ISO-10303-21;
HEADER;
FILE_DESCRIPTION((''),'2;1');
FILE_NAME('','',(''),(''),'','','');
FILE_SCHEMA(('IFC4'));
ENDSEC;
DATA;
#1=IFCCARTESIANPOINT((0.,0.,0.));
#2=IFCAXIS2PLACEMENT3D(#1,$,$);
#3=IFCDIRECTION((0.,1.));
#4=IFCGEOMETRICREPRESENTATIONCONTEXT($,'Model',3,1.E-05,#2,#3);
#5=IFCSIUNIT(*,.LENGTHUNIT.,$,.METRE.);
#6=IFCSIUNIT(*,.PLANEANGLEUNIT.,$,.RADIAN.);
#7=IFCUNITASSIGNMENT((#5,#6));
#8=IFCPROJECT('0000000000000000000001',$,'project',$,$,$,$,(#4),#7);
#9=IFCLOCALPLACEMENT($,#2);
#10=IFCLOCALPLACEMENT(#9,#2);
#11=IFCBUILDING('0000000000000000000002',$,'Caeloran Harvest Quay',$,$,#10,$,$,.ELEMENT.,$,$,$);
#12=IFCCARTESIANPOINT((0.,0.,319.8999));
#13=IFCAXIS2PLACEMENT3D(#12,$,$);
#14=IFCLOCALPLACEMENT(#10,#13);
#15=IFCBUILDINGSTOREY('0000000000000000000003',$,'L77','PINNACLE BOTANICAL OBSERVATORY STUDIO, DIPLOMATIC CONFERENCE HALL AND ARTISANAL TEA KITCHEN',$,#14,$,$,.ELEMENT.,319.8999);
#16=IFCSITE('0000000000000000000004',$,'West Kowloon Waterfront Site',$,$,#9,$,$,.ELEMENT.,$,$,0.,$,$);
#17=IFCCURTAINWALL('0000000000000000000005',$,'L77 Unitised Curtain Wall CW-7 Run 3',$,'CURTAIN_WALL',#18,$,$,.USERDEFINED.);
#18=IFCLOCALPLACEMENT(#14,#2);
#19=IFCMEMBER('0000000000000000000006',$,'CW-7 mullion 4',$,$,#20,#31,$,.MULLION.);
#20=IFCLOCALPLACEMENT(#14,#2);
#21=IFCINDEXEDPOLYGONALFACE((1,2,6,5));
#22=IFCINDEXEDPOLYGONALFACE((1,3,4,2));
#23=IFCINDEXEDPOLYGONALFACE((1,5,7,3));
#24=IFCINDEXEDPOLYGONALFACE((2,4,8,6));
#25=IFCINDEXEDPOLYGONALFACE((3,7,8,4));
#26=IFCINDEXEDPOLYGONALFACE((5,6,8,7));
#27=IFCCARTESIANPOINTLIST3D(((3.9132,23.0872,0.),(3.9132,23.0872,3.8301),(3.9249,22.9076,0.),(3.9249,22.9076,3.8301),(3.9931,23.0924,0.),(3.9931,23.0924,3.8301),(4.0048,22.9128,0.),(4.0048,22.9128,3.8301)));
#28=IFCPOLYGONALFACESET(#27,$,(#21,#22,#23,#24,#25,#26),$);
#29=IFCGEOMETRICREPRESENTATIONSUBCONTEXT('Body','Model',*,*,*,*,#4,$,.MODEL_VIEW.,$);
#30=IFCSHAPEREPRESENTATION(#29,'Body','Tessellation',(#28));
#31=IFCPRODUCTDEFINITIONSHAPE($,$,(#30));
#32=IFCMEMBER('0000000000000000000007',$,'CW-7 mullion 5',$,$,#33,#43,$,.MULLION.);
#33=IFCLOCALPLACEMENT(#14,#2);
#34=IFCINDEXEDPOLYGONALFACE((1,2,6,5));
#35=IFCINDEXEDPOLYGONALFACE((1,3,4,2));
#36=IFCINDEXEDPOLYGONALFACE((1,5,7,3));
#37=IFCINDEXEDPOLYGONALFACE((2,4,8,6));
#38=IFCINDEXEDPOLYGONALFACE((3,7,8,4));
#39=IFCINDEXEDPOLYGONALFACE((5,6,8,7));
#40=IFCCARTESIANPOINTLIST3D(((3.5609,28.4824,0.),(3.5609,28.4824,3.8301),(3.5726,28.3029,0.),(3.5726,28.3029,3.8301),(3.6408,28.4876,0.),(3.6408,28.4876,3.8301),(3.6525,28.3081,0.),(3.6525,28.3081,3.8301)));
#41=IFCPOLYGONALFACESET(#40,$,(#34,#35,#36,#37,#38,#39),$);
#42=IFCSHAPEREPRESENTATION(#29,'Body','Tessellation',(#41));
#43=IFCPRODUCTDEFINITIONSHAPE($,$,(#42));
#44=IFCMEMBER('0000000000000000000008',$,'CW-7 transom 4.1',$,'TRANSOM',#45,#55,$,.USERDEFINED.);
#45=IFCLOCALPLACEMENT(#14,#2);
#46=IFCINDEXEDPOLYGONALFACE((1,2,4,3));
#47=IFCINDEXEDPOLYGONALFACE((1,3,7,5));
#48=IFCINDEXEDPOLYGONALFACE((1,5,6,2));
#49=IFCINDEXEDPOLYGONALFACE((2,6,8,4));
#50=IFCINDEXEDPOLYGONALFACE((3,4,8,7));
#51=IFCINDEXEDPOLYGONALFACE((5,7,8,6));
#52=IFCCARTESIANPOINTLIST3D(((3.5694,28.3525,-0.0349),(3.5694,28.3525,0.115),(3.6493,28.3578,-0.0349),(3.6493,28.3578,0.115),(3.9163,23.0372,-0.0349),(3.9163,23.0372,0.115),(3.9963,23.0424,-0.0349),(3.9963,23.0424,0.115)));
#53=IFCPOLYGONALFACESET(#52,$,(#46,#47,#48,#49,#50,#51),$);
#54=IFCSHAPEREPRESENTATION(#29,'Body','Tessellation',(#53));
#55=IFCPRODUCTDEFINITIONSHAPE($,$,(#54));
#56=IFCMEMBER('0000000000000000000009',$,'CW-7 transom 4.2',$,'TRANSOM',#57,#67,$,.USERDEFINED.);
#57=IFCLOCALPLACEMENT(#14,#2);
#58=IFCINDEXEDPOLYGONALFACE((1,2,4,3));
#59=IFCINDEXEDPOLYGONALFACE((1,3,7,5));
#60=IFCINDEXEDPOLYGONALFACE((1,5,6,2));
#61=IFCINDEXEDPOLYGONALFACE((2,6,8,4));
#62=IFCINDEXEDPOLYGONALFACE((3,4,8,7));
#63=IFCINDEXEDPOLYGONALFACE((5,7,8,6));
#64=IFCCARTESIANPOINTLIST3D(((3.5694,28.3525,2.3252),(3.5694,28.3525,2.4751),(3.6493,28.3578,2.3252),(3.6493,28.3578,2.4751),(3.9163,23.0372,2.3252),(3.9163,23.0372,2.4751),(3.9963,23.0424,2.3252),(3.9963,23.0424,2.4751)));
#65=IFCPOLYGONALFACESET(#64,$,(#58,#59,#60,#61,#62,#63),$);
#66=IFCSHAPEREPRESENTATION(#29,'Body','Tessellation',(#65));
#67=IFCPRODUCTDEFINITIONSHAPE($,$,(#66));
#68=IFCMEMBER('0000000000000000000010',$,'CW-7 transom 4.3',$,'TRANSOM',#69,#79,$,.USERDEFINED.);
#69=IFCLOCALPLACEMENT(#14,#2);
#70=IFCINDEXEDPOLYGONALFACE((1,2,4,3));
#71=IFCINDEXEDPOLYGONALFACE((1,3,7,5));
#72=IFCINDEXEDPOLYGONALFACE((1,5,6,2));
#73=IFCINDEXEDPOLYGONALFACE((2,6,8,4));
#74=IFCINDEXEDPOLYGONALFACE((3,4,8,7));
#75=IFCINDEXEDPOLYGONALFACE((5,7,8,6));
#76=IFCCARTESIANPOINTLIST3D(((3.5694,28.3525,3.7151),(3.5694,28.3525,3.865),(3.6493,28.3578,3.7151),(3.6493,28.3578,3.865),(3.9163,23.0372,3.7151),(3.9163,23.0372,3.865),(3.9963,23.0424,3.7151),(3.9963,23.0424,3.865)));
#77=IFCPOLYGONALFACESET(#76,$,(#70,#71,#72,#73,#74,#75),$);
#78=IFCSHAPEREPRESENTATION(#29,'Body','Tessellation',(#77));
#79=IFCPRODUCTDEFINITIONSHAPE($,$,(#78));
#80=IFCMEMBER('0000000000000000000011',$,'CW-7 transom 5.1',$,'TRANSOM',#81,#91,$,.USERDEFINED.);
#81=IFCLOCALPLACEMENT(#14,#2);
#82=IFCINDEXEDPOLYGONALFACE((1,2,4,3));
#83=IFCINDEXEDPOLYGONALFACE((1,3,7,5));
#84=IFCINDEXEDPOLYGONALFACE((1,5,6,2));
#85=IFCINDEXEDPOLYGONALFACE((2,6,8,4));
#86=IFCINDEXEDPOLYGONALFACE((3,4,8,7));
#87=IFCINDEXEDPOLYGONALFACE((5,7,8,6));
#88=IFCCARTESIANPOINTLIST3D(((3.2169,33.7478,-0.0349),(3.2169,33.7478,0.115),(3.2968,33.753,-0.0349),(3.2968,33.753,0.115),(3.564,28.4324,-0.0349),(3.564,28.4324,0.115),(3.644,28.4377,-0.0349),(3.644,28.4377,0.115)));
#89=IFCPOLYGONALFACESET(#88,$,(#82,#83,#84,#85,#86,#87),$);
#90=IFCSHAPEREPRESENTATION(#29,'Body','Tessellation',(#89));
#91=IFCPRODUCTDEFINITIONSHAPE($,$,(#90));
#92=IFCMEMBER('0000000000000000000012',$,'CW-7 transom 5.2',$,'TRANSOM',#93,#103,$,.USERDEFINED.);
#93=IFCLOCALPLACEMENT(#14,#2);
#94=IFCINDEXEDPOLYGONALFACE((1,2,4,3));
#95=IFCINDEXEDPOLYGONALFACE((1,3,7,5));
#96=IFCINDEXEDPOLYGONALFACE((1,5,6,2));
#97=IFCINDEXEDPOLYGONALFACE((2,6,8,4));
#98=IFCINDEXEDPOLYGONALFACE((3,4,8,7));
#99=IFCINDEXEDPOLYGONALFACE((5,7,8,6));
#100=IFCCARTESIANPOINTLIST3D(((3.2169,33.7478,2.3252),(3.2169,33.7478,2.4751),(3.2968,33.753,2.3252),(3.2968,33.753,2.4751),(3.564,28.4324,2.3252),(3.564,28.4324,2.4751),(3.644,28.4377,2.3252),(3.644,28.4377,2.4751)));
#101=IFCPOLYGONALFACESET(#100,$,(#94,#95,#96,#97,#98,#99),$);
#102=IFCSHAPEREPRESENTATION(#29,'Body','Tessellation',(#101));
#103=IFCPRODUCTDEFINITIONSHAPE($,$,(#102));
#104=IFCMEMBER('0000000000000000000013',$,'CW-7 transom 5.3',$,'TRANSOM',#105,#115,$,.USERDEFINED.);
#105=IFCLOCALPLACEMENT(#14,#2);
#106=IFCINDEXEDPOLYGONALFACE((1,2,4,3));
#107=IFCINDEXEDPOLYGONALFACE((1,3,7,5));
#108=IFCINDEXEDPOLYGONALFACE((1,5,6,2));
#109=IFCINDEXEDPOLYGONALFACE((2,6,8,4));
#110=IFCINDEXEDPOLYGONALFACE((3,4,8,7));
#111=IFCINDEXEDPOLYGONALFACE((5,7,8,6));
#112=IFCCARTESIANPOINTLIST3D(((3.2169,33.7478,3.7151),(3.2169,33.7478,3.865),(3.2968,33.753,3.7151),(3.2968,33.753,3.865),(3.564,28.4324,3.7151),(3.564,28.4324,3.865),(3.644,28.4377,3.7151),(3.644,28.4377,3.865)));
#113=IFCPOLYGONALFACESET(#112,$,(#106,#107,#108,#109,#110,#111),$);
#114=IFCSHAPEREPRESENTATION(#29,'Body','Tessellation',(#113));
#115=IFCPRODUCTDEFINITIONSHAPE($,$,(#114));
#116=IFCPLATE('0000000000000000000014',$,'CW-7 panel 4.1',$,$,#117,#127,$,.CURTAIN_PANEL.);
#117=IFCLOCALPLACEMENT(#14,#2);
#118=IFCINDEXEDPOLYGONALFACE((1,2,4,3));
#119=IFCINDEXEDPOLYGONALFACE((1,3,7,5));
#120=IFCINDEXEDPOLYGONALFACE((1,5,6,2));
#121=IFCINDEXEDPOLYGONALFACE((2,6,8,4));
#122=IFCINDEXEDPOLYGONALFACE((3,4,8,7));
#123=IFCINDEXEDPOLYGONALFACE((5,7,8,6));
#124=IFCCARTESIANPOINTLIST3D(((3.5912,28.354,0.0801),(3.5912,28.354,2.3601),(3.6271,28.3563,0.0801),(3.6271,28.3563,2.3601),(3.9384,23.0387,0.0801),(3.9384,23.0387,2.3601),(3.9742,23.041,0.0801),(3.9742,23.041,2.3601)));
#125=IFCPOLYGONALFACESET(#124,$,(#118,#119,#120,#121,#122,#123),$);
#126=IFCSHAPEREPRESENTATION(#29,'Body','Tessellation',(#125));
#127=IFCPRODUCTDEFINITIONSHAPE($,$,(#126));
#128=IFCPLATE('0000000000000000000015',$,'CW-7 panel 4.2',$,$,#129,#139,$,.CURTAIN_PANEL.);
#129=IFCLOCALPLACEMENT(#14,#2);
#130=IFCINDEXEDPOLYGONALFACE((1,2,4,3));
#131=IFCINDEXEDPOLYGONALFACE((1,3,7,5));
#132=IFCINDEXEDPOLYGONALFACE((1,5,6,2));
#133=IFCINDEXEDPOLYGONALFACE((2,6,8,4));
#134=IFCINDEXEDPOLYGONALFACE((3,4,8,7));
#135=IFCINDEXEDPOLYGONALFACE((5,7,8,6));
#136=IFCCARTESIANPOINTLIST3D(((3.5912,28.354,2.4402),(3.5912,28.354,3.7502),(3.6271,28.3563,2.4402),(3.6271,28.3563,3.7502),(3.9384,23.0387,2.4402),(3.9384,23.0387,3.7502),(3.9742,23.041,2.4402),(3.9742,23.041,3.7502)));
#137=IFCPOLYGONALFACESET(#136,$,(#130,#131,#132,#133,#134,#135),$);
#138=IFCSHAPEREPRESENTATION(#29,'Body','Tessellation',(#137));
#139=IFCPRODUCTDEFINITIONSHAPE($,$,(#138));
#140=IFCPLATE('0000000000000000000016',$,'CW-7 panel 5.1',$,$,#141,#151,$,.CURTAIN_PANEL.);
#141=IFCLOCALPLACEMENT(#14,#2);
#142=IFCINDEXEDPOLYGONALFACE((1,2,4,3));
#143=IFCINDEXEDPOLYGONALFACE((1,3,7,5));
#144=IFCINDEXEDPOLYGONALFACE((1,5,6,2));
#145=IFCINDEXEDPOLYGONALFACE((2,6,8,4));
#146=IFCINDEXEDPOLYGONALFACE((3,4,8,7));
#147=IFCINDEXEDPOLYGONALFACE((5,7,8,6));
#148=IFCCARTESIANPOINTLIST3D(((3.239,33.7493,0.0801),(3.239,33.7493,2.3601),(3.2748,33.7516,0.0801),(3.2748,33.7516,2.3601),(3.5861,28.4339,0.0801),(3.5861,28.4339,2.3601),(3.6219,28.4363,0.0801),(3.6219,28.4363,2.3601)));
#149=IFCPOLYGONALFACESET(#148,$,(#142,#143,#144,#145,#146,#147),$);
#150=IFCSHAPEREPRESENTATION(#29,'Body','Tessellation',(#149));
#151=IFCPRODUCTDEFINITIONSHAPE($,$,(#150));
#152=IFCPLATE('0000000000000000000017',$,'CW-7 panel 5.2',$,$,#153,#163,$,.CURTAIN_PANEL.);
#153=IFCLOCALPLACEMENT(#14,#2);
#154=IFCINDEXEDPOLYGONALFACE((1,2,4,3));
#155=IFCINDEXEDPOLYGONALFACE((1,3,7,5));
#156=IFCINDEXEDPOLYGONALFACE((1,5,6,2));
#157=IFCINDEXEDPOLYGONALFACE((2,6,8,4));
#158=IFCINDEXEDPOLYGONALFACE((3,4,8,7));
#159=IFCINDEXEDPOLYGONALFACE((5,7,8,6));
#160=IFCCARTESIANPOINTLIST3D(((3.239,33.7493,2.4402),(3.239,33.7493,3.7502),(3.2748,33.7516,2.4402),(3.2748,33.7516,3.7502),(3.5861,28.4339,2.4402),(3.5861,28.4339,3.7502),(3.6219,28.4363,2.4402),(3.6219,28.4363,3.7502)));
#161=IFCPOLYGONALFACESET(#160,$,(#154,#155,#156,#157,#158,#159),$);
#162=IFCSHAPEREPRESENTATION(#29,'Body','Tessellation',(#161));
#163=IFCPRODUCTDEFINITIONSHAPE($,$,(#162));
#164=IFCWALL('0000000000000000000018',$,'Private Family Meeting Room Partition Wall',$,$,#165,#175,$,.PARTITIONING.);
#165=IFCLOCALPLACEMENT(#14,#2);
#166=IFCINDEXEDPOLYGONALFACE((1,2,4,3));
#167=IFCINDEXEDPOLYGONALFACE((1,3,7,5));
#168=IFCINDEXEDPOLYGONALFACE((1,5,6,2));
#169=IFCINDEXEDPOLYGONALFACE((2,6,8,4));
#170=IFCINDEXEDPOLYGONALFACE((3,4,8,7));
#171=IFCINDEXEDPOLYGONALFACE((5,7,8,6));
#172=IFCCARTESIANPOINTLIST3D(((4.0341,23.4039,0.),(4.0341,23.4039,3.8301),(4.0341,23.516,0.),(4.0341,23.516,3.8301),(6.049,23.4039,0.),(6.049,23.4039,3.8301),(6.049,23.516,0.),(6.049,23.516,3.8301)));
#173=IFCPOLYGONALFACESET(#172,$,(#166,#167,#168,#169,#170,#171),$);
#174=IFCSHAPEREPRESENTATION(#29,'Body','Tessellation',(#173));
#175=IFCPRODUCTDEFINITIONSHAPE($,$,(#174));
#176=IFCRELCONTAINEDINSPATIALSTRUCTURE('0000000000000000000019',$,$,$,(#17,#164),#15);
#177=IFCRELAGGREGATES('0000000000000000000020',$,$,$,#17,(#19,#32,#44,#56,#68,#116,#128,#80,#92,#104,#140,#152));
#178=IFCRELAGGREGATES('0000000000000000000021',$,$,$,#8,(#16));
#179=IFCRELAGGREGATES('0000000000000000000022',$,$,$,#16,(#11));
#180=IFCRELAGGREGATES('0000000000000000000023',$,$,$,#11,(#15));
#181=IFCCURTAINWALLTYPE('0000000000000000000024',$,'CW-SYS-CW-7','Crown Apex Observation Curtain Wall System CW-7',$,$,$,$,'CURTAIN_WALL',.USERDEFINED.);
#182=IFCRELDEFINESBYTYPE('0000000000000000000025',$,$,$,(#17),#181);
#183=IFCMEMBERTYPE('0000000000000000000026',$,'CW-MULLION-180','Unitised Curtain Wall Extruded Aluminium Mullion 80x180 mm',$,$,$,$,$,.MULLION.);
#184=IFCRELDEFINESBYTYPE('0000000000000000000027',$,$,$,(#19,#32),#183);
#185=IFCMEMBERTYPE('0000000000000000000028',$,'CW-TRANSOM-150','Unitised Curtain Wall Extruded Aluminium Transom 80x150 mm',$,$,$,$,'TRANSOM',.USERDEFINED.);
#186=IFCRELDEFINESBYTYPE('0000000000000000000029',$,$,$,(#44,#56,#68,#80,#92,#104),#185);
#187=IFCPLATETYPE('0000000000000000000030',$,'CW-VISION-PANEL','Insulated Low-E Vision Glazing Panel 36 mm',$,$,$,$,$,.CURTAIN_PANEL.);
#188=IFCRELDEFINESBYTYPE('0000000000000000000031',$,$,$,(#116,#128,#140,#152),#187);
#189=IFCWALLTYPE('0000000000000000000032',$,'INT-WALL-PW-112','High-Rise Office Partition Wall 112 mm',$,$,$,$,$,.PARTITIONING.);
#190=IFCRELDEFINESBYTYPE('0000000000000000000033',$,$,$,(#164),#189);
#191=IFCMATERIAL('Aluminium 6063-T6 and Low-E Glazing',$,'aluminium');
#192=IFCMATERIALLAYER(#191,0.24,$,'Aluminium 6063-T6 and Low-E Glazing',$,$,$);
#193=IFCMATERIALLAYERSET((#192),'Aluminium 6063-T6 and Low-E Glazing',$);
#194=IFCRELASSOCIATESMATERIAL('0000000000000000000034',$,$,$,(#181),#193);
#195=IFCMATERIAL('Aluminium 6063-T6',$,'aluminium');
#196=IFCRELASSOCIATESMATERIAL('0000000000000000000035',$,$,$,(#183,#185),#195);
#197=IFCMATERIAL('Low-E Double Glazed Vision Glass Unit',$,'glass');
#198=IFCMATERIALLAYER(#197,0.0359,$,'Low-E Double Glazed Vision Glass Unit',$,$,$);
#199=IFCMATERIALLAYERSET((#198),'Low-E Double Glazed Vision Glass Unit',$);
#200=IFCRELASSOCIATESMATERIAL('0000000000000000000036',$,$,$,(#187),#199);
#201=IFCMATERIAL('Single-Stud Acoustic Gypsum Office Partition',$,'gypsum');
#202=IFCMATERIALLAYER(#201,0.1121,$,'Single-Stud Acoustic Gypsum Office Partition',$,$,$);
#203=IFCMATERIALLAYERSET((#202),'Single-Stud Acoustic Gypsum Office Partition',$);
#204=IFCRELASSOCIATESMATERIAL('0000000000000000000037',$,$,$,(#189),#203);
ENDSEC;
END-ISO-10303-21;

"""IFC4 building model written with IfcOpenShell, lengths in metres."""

from ifc_helpers import new_model, si_unit, direction, frame, frame_2d, origin, origin_2d, place, context, subcontext, project, spatial, rectangle, extrude, material, layer, layer_set, material_profile, profile_set, type_object, element, aggregate, save


model = new_model("IFC4")

# Units and contexts
model_context = context("Model", 3, precision=1e-05, world=origin(), true_north=direction((0.0, 1.0)))
body_context = subcontext(model_context, "Body", "Model", "MODEL_VIEW")
ifc_project = project(units=[si_unit("LENGTHUNIT", "METRE"), si_unit("PLANEANGLEUNIT", "RADIAN")], contexts=[model_context])

# Site, building, storey
site_placement = place(None, origin())
site = spatial("IfcSite", under=ifc_project, at=site_placement, Name="West Kowloon Waterfront Site", CompositionType="ELEMENT", RefElevation=0.0)
building_placement = place(site_placement, origin())
building = spatial("IfcBuilding", under=site, at=building_placement, Name="Caeloran Harvest Quay", CompositionType="ELEMENT")
storey_placement = place(building_placement, frame((0.0, 0.0, 319.8999)))
storey = spatial("IfcBuildingStorey", under=building, at=storey_placement, Name="L77", Description="PINNACLE BOTANICAL OBSERVATORY STUDIO, DIPLOMATIC CONFERENCE HALL AND ARTISANAL TEA KITCHEN", CompositionType="ELEMENT", Elevation=319.8999)

# Curtain wall, members, plates
ifc_material_1 = material(Name="Aluminium 6063-T6 and Low-E Glazing", Category="aluminium")
ifc_layer_1 = layer(ifc_material_1, 0.24, Name="Aluminium 6063-T6 and Low-E Glazing")
ifc_layer_set_1 = layer_set([ifc_layer_1], Name="Aluminium 6063-T6 and Low-E Glazing")
curtain_wall_type = type_object("IfcCurtainWallType", Name="CW-SYS-CW-7", Description="Crown Apex Observation Curtain Wall System CW-7", ElementType="CURTAIN_WALL", PredefinedType="USERDEFINED", material=ifc_layer_set_1)
curtain_wall_placement = place(storey_placement, origin())
curtain_wall = element("IfcCurtainWall", 1, at=curtain_wall_placement, inside=storey, type_object=curtain_wall_type, Name="L77 Unitised Curtain Wall CW-7 Run 3", ObjectType="CURTAIN_WALL", PredefinedType="USERDEFINED")
ifc_material_2 = material(Name="Aluminium 6063-T6", Category="aluminium")
ifc_material_profile_1 = material_profile(ifc_material_2, rectangle(XDim=0.0801, YDim=0.1799, at=origin_2d()), Name="CW-MULLION-180")
ifc_profile_set_1 = profile_set([ifc_material_profile_1], Name="Aluminium 6063-T6")
member_type_1 = type_object("IfcMemberType", Name="CW-MULLION-180", Description="Unitised Curtain Wall Extruded Aluminium Mullion 80x180 mm", PredefinedType="MULLION", material=ifc_profile_set_1)
member_1_placement = place(storey_placement, frame((3.959, 23.0, 0.0), z_axis=(0.0, 0.0, 1.0), x_axis=(-0.997874, -0.065167, 0.0)))
member_1 = element("IfcMember", 2, at=member_1_placement, type_object=member_type_1, Name="CW-7 mullion 4", PredefinedType="MULLION", context=body_context, shape_type="SweptSolid", body=[
    extrude(rectangle(XDim=0.0801, YDim=0.1799, at=origin_2d()), origin(), (0.0, 0.0, 1.0), 3.8301),
])
member_2_placement = place(storey_placement, frame((3.6067, 28.3953, 0.0), z_axis=(0.0, 0.0, 1.0), x_axis=(-0.997874, -0.065167, 0.0)))
member_2 = element("IfcMember", 3, at=member_2_placement, type_object=member_type_1, Name="CW-7 mullion 5", PredefinedType="MULLION", context=body_context, shape_type="SweptSolid", body=[
    extrude(rectangle(XDim=0.0801, YDim=0.1799, at=origin_2d()), origin(), (0.0, 0.0, 1.0), 3.8301),
])
ifc_material_profile_2 = material_profile(ifc_material_2, rectangle(XDim=0.0801, YDim=0.1499, at=origin_2d()), Name="CW-TRANSOM-150")
ifc_profile_set_2 = profile_set([ifc_material_profile_2], Name="Aluminium 6063-T6")
member_type_2 = type_object("IfcMemberType", Name="CW-TRANSOM-150", Description="Unitised Curtain Wall Extruded Aluminium Transom 80x150 mm", ElementType="TRANSOM", PredefinedType="USERDEFINED", material=ifc_profile_set_2)
member_3_placement = place(storey_placement, frame((3.9563, 23.0398, 0.04), z_axis=(-0.065129, 0.997877, 0.0), x_axis=(-0.997877, -0.065129, 0.0)))
member_3 = element("IfcMember", 4, at=member_3_placement, type_object=member_type_2, Name="CW-7 transom 4.1", ObjectType="TRANSOM", PredefinedType="USERDEFINED", context=body_context, shape_type="SweptSolid", body=[
    extrude(rectangle(XDim=0.0801, YDim=0.1499, at=origin_2d()), origin(), (0.0, 0.0, 1.0), 5.3267),
])
member_4_placement = place(storey_placement, frame((3.9563, 23.0398, 2.4001), z_axis=(-0.065129, 0.997877, 0.0), x_axis=(-0.997877, -0.065129, 0.0)))
member_4 = element("IfcMember", 5, at=member_4_placement, type_object=member_type_2, Name="CW-7 transom 4.2", ObjectType="TRANSOM", PredefinedType="USERDEFINED", context=body_context, shape_type="SweptSolid", body=[
    extrude(rectangle(XDim=0.0801, YDim=0.1499, at=origin_2d()), origin(), (0.0, 0.0, 1.0), 5.3267),
])
member_5_placement = place(storey_placement, frame((3.9563, 23.0398, 3.79), z_axis=(-0.065129, 0.997877, 0.0), x_axis=(-0.997877, -0.065129, 0.0)))
member_5 = element("IfcMember", 6, at=member_5_placement, type_object=member_type_2, Name="CW-7 transom 4.3", ObjectType="TRANSOM", PredefinedType="USERDEFINED", context=body_context, shape_type="SweptSolid", body=[
    extrude(rectangle(XDim=0.0801, YDim=0.1499, at=origin_2d()), origin(), (0.0, 0.0, 1.0), 5.3267),
])
member_6_placement = place(storey_placement, frame((3.604, 28.4351, 0.04), z_axis=(-0.065174, 0.997874, 0.0), x_axis=(-0.997874, -0.065174, 0.0)))
member_6 = element("IfcMember", 7, at=member_6_placement, type_object=member_type_2, Name="CW-7 transom 5.1", ObjectType="TRANSOM", PredefinedType="USERDEFINED", context=body_context, shape_type="SweptSolid", body=[
    extrude(rectangle(XDim=0.0801, YDim=0.1499, at=origin_2d()), origin(), (0.0, 0.0, 1.0), 5.3267),
])
member_7_placement = place(storey_placement, frame((3.604, 28.4351, 2.4001), z_axis=(-0.065174, 0.997874, 0.0), x_axis=(-0.997874, -0.065174, 0.0)))
member_7 = element("IfcMember", 8, at=member_7_placement, type_object=member_type_2, Name="CW-7 transom 5.2", ObjectType="TRANSOM", PredefinedType="USERDEFINED", context=body_context, shape_type="SweptSolid", body=[
    extrude(rectangle(XDim=0.0801, YDim=0.1499, at=origin_2d()), origin(), (0.0, 0.0, 1.0), 5.3267),
])
member_8_placement = place(storey_placement, frame((3.604, 28.4351, 3.79), z_axis=(-0.065174, 0.997874, 0.0), x_axis=(-0.997874, -0.065174, 0.0)))
member_8 = element("IfcMember", 9, at=member_8_placement, type_object=member_type_2, Name="CW-7 transom 5.3", ObjectType="TRANSOM", PredefinedType="USERDEFINED", context=body_context, shape_type="SweptSolid", body=[
    extrude(rectangle(XDim=0.0801, YDim=0.1499, at=origin_2d()), origin(), (0.0, 0.0, 1.0), 5.3267),
])
ifc_material_3 = material(Name="Low-E Double Glazed Vision Glass Unit", Category="glass")
ifc_layer_2 = layer(ifc_material_3, 0.0359, Name="Low-E Double Glazed Vision Glass Unit")
ifc_layer_set_2 = layer_set([ifc_layer_2], Name="Low-E Double Glazed Vision Glass Unit")
plate_type = type_object("IfcPlateType", Name="CW-VISION-PANEL", Description="Insulated Low-E Vision Glazing Panel 36 mm", PredefinedType="CURTAIN_PANEL", material=ifc_layer_set_2)
plate_1_placement = place(storey_placement, frame((3.7827, 25.6975, 0.0801), z_axis=(0.0, 0.0, 1.0), x_axis=(-0.065167, 0.997874, 0.0)))
plate_1 = element("IfcPlate", 10, at=plate_1_placement, type_object=plate_type, Name="CW-7 panel 4.1", PredefinedType="CURTAIN_PANEL", context=body_context, shape_type="SweptSolid", body=[
    extrude(rectangle(XDim=5.3267, YDim=0.0359, at=origin_2d()), origin(), (0.0, 0.0, 1.0), 2.28),
])
plate_2_placement = place(storey_placement, frame((3.7827, 25.6975, 2.4402), z_axis=(0.0, 0.0, 1.0), x_axis=(-0.065167, 0.997874, 0.0)))
plate_2 = element("IfcPlate", 11, at=plate_2_placement, type_object=plate_type, Name="CW-7 panel 4.2", PredefinedType="CURTAIN_PANEL", context=body_context, shape_type="SweptSolid", body=[
    extrude(rectangle(XDim=5.3267, YDim=0.0359, at=origin_2d()), origin(), (0.0, 0.0, 1.0), 1.3101),
])
plate_3_placement = place(storey_placement, frame((3.4304, 31.0928, 0.0801), z_axis=(0.0, 0.0, 1.0), x_axis=(-0.065167, 0.997874, 0.0)))
plate_3 = element("IfcPlate", 12, at=plate_3_placement, type_object=plate_type, Name="CW-7 panel 5.1", PredefinedType="CURTAIN_PANEL", context=body_context, shape_type="SweptSolid", body=[
    extrude(rectangle(XDim=5.3267, YDim=0.0359, at=origin_2d()), origin(), (0.0, 0.0, 1.0), 2.28),
])
plate_4_placement = place(storey_placement, frame((3.4304, 31.0928, 2.4402), z_axis=(0.0, 0.0, 1.0), x_axis=(-0.065167, 0.997874, 0.0)))
plate_4 = element("IfcPlate", 13, at=plate_4_placement, type_object=plate_type, Name="CW-7 panel 5.2", PredefinedType="CURTAIN_PANEL", context=body_context, shape_type="SweptSolid", body=[
    extrude(rectangle(XDim=5.3267, YDim=0.0359, at=origin_2d()), origin(), (0.0, 0.0, 1.0), 1.3101),
])
aggregate(curtain_wall, [member_1, member_2, member_3, member_4, member_5, plate_1, plate_2, member_6, member_7, member_8, plate_3, plate_4])

# Wall
ifc_material_4 = material(Name="Single-Stud Acoustic Gypsum Office Partition", Category="gypsum")
ifc_layer_3 = layer(ifc_material_4, 0.1121, Name="Single-Stud Acoustic Gypsum Office Partition")
ifc_layer_set_3 = layer_set([ifc_layer_3], Name="Single-Stud Acoustic Gypsum Office Partition")
wall_type_1 = type_object("IfcWallType", Name="INT-WALL-PW-112", Description="High-Rise Office Partition Wall 112 mm", PredefinedType="PARTITIONING", material=ifc_layer_set_3)
wall_1_placement = place(storey_placement, frame((4.0342, 23.46, 0.0), z_axis=(0.0, 0.0, 1.0), x_axis=(1.0, 0.0, 0.0)))
element("IfcWall", 14, at=wall_1_placement, inside=storey, type_object=wall_type_1, Name="Private Family Meeting Room Partition Wall", PredefinedType="PARTITIONING", context=body_context, shape_type="SweptSolid", body=[
    extrude(rectangle(XDim=2.0149, YDim=0.1121, at=frame_2d((1.0073, 0.0))), origin(), (0.0, 0.0, 1.0), 3.8301),
])

save(model, "model.ifc")
